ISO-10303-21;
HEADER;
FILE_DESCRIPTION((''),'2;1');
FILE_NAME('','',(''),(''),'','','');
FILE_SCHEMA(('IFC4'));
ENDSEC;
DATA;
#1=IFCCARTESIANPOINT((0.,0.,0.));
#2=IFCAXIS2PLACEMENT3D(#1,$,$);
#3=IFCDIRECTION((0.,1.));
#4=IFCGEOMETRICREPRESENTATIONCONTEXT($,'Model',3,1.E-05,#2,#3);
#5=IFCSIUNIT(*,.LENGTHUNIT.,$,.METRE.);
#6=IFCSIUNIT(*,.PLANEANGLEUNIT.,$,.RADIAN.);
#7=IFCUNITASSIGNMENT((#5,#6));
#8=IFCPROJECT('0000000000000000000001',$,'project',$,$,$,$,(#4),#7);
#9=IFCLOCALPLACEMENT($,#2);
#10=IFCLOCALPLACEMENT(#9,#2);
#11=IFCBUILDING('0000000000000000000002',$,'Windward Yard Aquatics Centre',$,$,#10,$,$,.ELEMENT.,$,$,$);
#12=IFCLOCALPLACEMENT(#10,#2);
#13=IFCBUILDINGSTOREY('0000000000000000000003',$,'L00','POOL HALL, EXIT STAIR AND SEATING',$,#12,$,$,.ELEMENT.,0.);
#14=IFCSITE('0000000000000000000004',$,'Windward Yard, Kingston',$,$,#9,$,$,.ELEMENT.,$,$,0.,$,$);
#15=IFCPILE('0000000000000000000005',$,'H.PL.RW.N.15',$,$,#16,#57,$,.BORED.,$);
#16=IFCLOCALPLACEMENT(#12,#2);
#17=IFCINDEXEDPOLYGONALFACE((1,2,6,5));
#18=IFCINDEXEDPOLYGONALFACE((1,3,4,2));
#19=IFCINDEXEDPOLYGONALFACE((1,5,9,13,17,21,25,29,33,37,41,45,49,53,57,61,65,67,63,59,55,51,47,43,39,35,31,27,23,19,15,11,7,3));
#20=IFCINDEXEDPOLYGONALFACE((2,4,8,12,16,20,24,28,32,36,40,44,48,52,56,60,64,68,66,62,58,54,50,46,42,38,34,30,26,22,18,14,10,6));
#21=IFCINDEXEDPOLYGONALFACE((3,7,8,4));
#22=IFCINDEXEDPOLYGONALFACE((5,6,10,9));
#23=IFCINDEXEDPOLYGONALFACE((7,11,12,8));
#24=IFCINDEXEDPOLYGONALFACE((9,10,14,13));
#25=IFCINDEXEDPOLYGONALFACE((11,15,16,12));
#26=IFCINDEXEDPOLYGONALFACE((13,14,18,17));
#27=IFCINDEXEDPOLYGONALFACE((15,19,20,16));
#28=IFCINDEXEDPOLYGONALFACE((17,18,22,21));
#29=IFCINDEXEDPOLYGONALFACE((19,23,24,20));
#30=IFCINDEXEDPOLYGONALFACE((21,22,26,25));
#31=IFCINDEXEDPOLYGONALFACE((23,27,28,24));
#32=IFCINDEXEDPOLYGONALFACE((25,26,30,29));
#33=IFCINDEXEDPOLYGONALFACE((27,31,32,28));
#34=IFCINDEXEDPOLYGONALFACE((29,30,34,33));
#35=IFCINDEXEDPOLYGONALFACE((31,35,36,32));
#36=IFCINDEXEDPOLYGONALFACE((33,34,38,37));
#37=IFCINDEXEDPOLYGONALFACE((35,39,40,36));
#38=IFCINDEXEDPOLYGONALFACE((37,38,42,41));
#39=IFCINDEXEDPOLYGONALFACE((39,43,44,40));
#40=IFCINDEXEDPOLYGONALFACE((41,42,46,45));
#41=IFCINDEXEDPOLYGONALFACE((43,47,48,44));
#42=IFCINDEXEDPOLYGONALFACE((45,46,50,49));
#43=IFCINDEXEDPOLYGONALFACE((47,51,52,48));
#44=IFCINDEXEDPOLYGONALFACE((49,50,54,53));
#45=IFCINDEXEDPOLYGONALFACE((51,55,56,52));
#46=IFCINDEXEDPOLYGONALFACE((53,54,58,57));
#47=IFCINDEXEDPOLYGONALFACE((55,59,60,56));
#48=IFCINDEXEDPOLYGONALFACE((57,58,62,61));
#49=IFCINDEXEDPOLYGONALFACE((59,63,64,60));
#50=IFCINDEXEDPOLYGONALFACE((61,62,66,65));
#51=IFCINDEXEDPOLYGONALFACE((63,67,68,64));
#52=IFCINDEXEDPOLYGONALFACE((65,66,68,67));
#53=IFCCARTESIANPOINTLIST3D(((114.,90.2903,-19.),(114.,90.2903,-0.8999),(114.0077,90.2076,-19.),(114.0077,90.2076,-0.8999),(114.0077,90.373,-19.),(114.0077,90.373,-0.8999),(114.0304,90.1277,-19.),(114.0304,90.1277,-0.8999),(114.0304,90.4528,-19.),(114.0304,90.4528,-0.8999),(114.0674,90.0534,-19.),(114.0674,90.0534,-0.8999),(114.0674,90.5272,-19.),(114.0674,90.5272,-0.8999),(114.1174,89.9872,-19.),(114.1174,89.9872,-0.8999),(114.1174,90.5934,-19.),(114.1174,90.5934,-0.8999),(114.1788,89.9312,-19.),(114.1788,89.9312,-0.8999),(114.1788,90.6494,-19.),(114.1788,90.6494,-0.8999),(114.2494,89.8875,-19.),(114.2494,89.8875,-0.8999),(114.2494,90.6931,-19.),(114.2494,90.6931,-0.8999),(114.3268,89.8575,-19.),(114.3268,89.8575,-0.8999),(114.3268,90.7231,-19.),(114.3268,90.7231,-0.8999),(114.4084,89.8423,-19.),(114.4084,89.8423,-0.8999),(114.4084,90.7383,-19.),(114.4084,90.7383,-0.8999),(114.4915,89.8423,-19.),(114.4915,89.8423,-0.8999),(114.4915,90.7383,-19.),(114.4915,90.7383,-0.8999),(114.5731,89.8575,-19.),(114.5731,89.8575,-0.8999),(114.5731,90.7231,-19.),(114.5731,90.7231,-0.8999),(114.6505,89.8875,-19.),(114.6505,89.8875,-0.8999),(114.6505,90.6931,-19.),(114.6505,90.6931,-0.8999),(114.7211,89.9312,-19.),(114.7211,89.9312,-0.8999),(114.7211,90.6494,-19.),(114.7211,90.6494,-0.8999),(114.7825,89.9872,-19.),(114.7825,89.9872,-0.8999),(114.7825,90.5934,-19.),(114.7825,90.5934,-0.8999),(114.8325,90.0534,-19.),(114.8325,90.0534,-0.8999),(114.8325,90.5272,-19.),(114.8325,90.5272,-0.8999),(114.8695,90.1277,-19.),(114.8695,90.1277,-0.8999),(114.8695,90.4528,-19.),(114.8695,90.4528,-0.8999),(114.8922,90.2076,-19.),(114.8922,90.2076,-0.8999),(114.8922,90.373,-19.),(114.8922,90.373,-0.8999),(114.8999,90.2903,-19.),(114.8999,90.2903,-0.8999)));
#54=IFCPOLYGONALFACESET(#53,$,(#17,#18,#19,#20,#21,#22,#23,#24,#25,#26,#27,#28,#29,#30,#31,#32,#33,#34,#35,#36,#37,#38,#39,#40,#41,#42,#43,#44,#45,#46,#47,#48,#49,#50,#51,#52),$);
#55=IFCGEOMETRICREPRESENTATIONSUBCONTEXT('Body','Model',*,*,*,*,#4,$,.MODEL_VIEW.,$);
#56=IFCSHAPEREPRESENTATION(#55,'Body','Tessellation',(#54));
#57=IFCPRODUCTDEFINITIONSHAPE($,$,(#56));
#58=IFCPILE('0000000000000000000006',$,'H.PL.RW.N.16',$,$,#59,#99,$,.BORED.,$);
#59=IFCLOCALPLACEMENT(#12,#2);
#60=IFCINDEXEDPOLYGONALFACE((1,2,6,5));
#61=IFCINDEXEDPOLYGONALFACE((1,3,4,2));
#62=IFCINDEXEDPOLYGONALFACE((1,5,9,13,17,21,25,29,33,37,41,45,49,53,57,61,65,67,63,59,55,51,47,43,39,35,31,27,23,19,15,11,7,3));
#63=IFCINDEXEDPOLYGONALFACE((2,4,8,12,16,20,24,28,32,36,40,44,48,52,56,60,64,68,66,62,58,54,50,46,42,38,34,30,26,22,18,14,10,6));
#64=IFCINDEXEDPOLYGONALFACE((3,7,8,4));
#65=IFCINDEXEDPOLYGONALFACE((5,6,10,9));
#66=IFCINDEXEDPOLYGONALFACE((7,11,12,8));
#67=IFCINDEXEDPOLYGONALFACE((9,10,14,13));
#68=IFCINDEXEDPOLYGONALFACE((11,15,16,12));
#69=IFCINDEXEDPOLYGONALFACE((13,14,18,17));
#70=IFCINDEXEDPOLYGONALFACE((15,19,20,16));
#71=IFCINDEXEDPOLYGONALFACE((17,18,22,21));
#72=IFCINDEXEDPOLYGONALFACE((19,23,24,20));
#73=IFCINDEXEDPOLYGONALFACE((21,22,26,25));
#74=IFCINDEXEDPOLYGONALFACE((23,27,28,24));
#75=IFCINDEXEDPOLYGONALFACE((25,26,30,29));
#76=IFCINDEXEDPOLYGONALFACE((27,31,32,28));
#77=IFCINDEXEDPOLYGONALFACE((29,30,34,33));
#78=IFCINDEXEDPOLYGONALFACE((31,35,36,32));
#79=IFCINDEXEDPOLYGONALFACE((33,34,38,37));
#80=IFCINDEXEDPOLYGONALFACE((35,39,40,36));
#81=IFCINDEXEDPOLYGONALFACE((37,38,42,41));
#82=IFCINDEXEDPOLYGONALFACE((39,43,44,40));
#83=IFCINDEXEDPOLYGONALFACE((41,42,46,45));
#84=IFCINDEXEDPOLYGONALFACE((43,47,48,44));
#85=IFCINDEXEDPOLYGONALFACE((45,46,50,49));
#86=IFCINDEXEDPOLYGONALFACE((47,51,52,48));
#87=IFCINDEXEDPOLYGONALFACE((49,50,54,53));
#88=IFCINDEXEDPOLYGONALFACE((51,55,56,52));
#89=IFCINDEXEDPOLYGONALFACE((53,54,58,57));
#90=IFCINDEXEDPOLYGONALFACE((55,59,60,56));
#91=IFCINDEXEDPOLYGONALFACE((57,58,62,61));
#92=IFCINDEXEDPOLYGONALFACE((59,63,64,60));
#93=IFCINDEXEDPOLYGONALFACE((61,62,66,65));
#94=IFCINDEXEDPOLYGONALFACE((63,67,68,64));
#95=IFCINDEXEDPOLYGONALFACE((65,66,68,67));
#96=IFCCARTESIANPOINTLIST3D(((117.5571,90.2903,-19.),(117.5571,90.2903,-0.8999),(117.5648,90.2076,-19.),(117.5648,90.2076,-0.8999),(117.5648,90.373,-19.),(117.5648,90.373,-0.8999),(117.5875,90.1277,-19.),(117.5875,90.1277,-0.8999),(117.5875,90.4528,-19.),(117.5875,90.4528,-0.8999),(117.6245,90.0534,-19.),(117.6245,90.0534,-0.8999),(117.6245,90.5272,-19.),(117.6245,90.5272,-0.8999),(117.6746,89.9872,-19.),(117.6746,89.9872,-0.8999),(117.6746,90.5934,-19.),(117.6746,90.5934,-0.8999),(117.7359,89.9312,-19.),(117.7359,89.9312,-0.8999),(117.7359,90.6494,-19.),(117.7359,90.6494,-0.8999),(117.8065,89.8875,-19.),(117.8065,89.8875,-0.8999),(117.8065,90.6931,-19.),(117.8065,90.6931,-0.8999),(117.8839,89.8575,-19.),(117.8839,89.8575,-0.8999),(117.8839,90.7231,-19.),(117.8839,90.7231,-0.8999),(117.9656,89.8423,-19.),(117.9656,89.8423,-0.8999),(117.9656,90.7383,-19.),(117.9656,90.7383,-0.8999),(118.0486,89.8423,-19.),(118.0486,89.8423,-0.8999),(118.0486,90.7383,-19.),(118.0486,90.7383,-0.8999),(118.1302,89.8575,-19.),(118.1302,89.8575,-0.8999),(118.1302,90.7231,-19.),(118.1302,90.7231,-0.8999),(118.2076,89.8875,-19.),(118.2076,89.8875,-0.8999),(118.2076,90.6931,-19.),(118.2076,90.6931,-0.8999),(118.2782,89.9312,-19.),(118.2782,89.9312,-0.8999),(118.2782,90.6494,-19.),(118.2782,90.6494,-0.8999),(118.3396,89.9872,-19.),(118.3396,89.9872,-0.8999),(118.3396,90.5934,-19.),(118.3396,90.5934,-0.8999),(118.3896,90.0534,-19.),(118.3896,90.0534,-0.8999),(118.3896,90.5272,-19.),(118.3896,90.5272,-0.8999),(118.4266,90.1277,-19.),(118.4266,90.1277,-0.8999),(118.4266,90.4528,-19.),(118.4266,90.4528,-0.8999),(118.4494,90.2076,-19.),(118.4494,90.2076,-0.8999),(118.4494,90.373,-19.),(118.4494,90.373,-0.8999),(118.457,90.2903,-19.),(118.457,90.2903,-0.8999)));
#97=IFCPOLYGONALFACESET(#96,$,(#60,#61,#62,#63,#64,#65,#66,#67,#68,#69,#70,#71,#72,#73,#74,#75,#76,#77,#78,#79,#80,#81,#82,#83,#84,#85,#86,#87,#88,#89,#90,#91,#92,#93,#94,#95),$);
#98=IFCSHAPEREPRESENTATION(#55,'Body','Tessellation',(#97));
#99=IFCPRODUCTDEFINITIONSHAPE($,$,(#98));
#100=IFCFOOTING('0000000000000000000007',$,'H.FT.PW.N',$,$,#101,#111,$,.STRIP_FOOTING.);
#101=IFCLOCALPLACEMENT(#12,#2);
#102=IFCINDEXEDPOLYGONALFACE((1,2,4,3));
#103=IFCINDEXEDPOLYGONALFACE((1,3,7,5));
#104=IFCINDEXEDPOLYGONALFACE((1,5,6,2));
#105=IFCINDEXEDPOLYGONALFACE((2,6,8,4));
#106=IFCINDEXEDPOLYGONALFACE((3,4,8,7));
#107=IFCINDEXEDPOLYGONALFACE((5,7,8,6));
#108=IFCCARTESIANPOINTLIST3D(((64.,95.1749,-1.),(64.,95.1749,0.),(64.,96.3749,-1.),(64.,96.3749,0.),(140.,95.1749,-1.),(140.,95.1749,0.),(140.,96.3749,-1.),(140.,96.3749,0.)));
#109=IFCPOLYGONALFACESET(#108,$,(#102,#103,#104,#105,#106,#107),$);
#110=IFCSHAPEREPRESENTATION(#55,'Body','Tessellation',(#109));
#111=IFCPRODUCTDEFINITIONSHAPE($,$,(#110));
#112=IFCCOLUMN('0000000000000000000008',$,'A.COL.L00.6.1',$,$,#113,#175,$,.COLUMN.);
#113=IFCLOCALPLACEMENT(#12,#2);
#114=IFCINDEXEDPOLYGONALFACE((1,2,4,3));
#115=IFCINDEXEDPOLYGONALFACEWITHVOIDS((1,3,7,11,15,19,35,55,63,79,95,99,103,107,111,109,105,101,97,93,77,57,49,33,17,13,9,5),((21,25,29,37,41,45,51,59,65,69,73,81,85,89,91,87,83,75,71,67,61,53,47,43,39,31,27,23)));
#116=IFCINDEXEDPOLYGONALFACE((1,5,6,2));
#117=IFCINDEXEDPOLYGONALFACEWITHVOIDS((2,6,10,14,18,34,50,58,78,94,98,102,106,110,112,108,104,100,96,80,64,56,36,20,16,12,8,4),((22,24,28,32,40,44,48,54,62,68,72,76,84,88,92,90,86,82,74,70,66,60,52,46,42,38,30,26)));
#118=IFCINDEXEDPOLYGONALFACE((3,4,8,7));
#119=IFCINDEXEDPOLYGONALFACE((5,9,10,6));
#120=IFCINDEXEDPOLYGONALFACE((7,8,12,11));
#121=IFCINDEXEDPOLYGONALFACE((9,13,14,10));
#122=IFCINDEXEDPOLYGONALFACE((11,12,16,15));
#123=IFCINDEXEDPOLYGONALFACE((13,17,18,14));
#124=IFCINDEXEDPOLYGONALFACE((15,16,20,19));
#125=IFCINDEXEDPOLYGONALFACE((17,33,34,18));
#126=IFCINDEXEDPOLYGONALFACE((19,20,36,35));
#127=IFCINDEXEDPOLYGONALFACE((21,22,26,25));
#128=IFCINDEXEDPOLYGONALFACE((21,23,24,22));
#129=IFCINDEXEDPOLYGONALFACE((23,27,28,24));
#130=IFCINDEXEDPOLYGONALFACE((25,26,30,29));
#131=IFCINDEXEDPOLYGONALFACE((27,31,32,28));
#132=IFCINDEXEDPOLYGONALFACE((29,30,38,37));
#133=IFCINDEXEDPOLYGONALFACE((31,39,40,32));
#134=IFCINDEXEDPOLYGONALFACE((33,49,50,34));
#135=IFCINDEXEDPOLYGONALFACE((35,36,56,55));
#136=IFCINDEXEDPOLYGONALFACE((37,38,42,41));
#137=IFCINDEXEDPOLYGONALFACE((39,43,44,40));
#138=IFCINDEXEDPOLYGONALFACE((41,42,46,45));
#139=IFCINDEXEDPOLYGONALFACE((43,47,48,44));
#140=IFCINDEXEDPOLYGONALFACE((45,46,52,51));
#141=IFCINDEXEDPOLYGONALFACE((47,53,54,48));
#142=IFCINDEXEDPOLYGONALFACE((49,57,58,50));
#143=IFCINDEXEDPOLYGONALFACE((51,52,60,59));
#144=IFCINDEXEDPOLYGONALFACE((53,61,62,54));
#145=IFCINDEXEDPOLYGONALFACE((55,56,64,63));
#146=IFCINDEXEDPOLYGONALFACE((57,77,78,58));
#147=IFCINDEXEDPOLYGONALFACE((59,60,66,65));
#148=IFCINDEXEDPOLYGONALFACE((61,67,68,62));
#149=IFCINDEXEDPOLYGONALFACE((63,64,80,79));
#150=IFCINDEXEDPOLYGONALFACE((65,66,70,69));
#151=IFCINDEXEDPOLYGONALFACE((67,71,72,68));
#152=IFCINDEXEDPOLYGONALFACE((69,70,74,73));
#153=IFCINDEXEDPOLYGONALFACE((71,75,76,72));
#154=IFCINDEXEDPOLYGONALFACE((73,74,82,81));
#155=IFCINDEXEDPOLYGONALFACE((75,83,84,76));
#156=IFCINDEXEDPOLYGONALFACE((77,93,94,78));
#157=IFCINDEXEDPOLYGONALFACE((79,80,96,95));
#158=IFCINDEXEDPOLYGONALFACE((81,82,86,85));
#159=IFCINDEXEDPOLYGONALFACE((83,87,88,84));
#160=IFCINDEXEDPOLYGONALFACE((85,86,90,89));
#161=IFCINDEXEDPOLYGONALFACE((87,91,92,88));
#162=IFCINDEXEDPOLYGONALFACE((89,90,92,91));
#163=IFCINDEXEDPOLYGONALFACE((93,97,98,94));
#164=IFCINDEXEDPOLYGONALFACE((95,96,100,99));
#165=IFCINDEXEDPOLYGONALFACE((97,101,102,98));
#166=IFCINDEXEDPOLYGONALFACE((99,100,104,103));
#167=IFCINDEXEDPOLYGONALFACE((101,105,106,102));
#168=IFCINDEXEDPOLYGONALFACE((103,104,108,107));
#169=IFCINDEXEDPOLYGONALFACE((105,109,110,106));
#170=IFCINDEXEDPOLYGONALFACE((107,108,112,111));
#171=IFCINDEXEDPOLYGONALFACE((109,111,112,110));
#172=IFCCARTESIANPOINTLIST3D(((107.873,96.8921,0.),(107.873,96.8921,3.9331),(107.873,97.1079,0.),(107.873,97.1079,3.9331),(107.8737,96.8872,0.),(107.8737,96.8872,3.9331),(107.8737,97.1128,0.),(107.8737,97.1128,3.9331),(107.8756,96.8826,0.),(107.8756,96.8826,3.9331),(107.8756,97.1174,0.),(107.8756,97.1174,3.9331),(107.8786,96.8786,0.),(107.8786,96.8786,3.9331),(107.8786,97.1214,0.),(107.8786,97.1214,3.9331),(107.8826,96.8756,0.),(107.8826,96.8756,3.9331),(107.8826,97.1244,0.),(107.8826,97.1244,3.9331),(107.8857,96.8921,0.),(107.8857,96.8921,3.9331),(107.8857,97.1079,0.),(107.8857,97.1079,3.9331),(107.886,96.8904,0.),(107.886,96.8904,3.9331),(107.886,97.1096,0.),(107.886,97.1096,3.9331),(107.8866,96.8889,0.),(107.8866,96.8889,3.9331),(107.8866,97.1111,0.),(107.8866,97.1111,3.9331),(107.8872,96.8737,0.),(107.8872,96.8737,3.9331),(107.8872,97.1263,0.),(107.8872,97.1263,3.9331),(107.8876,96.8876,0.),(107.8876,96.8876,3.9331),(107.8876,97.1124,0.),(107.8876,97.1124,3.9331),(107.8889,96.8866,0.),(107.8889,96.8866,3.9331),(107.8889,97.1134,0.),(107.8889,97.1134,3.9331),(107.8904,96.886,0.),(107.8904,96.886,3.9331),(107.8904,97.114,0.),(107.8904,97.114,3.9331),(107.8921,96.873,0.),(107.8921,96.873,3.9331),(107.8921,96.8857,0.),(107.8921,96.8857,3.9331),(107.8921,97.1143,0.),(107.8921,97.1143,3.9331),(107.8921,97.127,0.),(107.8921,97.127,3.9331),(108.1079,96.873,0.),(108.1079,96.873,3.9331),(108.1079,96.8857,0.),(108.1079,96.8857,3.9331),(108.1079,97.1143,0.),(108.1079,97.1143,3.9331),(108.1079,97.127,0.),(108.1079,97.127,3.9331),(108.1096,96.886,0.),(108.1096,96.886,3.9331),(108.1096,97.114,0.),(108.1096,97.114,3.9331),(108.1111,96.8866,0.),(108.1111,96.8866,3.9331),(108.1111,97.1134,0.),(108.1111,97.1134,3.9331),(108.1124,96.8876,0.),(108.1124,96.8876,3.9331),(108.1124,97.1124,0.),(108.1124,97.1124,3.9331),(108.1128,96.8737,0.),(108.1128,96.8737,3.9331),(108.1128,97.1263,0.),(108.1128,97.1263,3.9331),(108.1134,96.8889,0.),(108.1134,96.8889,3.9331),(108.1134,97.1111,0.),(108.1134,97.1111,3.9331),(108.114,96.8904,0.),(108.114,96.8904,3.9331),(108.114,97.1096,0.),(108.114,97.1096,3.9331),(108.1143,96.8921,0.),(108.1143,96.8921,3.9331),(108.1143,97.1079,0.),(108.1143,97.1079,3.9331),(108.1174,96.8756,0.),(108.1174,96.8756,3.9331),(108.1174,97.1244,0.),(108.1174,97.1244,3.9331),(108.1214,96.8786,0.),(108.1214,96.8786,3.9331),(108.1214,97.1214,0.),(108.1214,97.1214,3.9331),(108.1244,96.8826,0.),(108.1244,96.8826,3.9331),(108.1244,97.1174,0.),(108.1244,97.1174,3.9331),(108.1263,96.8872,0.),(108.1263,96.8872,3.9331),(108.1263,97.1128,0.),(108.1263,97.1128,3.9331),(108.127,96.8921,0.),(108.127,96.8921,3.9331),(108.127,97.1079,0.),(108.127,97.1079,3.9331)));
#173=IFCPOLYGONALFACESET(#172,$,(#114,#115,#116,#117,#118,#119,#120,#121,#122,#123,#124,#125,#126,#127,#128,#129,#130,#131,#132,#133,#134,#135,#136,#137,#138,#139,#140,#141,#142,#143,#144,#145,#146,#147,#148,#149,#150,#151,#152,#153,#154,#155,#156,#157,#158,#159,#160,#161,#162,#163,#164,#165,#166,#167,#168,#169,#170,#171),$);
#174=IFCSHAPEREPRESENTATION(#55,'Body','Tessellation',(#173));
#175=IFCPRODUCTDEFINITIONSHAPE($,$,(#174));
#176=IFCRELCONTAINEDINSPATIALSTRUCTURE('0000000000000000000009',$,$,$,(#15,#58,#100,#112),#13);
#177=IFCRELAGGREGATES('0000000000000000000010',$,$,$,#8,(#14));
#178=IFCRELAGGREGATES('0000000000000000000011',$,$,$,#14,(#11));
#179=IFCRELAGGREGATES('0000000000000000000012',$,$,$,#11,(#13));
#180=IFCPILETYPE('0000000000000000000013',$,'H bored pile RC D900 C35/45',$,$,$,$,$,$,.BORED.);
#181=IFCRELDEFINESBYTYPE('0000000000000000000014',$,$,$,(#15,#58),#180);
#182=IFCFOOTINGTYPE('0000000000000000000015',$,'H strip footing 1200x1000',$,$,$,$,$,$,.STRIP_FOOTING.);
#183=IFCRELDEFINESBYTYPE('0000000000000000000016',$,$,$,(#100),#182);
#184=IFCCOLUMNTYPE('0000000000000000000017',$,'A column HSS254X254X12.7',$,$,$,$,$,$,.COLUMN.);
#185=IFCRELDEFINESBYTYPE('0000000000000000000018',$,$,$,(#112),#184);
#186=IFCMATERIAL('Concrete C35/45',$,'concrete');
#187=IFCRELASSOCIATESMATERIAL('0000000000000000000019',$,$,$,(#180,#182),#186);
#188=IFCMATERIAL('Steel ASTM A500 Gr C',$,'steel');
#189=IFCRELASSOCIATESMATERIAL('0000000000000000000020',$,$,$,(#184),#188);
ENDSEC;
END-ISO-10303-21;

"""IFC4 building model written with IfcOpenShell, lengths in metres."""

from ifc_helpers import new_model, si_unit, direction, frame, origin, origin_2d, place, context, subcontext, project, spatial, rectangle, hollow_rectangle, circle, extrude, material, material_profile, profile_set, type_object, element, save


model = new_model("IFC4")

# Units and contexts
model_context = context("Model", 3, precision=1e-05, world=origin(), true_north=direction((0.0, 1.0)))
body_context = subcontext(model_context, "Body", "Model", "MODEL_VIEW")
ifc_project = project(units=[si_unit("LENGTHUNIT", "METRE"), si_unit("PLANEANGLEUNIT", "RADIAN")], contexts=[model_context])

# Site, building, storey
site_placement = place(None, origin())
site = spatial("IfcSite", under=ifc_project, at=site_placement, Name="Windward Yard, Kingston", CompositionType="ELEMENT", RefElevation=0.0)
building_placement = place(site_placement, origin())
building = spatial("IfcBuilding", under=site, at=building_placement, Name="Windward Yard Aquatics Centre", CompositionType="ELEMENT")
storey_placement = place(building_placement, origin())
storey = spatial("IfcBuildingStorey", under=building, at=storey_placement, Name="L00", Description="POOL HALL, EXIT STAIR AND SEATING", CompositionType="ELEMENT", Elevation=0.0)

# Shared definitions
ifc_material_1 = material(Name="Concrete C35/45", Category="concrete")

# Piles
ifc_material_profile_1 = material_profile(ifc_material_1, circle(Radius=0.45, at=origin_2d()), Name="RC D900")
ifc_profile_set_1 = profile_set([ifc_material_profile_1], Name="Concrete C35/45")
pile_type = type_object("IfcPileType", Name="H bored pile RC D900 C35/45", PredefinedType="BORED", material=ifc_profile_set_1)
for number, where, z_axis, x_axis, name in (
    (1, (114.45, 90.2903, -0.8999), (0.0, 0.0, -1.0), (1.0, 0.0, 0.0), "H.PL.RW.N.15"),
    (2, (118.0071, 90.2903, -0.8999), (0.0, 0.0, -1.0), (1.0, 0.0, 0.0), "H.PL.RW.N.16"),
):
    element("IfcPile", number, at=place(storey_placement, frame(where, z_axis=z_axis, x_axis=x_axis)), inside=storey, type_object=pile_type, Name=name, PredefinedType="BORED", context=body_context, shape_type="SweptSolid", body=[
        extrude(circle(Radius=0.45, at=origin_2d()), origin(), (0.0, 0.0, 1.0), 18.1001),
    ])

# Footing
footing_type_1 = type_object("IfcFootingType", Name="H strip footing 1200x1000", PredefinedType="STRIP_FOOTING", material=ifc_material_1)
footing_placement = place(storey_placement, frame((102.0, 95.7749, -1.0), z_axis=(0.0, 0.0, 1.0), x_axis=(1.0, 0.0, 0.0)))
element("IfcFooting", 3, at=footing_placement, inside=storey, type_object=footing_type_1, Name="H.FT.PW.N", PredefinedType="STRIP_FOOTING", context=body_context, shape_type="SweptSolid", body=[
    extrude(rectangle(XDim=76.0, YDim=1.2, at=origin_2d()), origin(), (0.0, 0.0, 1.0), 1.0),
])

# Column
ifc_material_2 = material(Name="Steel ASTM A500 Gr C", Category="steel")
ifc_material_profile_2 = material_profile(ifc_material_2, hollow_rectangle(XDim=0.2539, YDim=0.2539, WallThickness=0.0127, InnerFilletRadius=0.0063, OuterFilletRadius=0.019, at=origin_2d()), Name="HSS254X254X12.7")
ifc_profile_set_2 = profile_set([ifc_material_profile_2], Name="Steel ASTM A500 Gr C")
column_type = type_object("IfcColumnType", Name="A column HSS254X254X12.7", PredefinedType="COLUMN", material=ifc_profile_set_2)
for number, where, z_axis, x_axis, name in (
    (4, (108.0, 97.0, 0.0), (0.0, 0.0, 1.0), (1.0, 0.0, 0.0), "A.COL.L00.6.1"),
):
    element("IfcColumn", number, at=place(storey_placement, frame(where, z_axis=z_axis, x_axis=x_axis)), inside=storey, type_object=column_type, Name=name, PredefinedType="COLUMN", context=body_context, shape_type="SweptSolid", body=[
        extrude(hollow_rectangle(XDim=0.2539, YDim=0.2539, WallThickness=0.0127, InnerFilletRadius=0.0063, OuterFilletRadius=0.019, at=origin_2d()), origin(), (0.0, 0.0, 1.0), 3.9331),
    ])

save(model, "model.ifc")
